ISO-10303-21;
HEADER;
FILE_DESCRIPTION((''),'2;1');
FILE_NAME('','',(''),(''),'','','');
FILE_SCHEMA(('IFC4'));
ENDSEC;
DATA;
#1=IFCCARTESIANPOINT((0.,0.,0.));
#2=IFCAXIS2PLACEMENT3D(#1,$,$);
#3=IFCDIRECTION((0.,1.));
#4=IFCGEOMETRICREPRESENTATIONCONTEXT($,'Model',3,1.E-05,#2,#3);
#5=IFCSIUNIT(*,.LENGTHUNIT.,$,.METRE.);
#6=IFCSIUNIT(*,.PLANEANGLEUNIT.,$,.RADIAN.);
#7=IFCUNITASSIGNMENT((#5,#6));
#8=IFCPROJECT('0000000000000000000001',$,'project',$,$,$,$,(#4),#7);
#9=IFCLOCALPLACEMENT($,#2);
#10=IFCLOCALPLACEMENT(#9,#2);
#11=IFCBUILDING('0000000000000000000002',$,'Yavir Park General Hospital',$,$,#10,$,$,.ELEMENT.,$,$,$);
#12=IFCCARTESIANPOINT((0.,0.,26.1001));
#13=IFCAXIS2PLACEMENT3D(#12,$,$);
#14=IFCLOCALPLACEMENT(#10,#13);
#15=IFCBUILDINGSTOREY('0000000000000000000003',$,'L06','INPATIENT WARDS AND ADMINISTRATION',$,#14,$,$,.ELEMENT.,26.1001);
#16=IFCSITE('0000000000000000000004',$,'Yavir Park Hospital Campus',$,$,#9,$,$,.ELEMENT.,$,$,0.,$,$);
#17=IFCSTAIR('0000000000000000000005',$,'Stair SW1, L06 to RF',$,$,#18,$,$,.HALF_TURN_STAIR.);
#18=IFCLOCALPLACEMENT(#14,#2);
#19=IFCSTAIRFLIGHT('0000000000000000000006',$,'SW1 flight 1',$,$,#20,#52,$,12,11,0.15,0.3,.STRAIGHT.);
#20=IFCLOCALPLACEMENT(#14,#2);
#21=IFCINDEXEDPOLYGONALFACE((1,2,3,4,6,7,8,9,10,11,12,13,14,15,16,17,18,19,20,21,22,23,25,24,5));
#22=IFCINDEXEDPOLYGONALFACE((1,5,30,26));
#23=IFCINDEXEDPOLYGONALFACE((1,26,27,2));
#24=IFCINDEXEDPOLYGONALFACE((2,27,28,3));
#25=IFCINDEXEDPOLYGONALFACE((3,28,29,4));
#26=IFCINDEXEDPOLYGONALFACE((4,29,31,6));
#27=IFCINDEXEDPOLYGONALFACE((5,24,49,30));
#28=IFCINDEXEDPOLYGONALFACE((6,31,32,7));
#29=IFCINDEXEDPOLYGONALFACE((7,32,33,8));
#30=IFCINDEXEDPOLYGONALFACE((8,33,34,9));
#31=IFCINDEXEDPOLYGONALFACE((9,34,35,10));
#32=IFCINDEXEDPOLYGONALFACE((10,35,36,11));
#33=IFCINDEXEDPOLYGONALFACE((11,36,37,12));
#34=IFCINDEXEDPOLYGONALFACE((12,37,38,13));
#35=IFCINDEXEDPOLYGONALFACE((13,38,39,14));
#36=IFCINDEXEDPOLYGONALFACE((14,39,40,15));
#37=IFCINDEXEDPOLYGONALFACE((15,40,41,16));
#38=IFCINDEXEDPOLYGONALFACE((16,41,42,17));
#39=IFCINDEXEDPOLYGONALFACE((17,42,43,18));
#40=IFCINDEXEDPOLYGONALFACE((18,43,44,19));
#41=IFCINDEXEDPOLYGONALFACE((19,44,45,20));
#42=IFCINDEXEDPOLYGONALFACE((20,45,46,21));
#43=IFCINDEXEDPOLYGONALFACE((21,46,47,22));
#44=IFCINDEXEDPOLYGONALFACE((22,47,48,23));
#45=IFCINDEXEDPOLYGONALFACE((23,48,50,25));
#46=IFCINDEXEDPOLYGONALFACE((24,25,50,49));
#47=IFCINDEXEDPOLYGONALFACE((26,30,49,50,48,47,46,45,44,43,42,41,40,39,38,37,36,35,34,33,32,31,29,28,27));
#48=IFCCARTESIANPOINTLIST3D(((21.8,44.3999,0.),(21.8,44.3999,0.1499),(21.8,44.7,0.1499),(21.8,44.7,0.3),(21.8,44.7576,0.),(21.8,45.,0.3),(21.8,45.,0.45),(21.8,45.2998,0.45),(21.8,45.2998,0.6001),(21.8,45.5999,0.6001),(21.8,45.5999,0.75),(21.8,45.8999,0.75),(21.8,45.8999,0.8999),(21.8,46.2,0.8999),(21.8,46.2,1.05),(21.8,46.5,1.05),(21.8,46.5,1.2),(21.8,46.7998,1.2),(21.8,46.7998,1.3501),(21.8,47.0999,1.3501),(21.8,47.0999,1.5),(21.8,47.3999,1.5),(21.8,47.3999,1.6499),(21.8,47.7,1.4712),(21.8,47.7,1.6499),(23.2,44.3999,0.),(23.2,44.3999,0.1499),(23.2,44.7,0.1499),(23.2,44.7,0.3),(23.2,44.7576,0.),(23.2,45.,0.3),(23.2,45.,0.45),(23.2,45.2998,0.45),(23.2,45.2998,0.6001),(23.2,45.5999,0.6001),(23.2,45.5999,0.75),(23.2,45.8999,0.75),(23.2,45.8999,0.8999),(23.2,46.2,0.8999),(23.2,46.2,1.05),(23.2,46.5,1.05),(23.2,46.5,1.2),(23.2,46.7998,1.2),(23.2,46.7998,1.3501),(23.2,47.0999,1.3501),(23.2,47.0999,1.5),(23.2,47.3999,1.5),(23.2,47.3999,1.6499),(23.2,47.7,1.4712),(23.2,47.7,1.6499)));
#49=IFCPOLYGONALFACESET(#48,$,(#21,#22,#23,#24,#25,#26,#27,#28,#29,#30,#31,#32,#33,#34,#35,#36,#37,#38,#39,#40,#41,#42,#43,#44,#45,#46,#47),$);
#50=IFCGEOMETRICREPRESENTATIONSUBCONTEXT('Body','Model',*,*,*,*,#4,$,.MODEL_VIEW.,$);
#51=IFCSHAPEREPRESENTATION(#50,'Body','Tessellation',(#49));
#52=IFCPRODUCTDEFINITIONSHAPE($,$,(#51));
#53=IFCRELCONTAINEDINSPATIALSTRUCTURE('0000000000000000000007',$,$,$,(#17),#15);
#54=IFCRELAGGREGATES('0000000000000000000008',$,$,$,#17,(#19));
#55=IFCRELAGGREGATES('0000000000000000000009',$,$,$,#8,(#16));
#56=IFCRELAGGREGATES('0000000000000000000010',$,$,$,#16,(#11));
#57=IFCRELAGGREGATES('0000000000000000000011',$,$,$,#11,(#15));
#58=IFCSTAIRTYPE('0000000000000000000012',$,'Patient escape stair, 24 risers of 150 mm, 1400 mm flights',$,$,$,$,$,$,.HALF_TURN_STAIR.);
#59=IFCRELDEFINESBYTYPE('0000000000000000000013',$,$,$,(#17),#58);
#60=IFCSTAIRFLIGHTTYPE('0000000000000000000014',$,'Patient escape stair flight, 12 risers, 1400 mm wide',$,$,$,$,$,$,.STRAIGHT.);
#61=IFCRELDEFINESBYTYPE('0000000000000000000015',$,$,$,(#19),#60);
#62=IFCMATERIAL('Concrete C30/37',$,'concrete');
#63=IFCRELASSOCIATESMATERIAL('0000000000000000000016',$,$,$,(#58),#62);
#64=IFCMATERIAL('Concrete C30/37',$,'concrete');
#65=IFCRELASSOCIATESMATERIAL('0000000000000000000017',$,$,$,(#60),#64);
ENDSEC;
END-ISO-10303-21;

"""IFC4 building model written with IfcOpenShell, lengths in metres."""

from ifc_helpers import new_model, si_unit, direction, frame, origin, place, context, subcontext, project, spatial, polyline, outline, extrude, material, type_object, element, aggregate, save


model = new_model("IFC4")

# Units and contexts
model_context = context("Model", 3, precision=1e-05, world=origin(), true_north=direction((0.0, 1.0)))
body_context = subcontext(model_context, "Body", "Model", "MODEL_VIEW")
ifc_project = project(units=[si_unit("LENGTHUNIT", "METRE"), si_unit("PLANEANGLEUNIT", "RADIAN")], contexts=[model_context])

# Site, building, storey
site_placement = place(None, origin())
site = spatial("IfcSite", under=ifc_project, at=site_placement, Name="Yavir Park Hospital Campus", CompositionType="ELEMENT", RefElevation=0.0)
building_placement = place(site_placement, origin())
building = spatial("IfcBuilding", under=site, at=building_placement, Name="Yavir Park General Hospital", CompositionType="ELEMENT")
storey_placement = place(building_placement, frame((0.0, 0.0, 26.1001)))
storey = spatial("IfcBuildingStorey", under=building, at=storey_placement, Name="L06", Description="INPATIENT WARDS AND ADMINISTRATION", CompositionType="ELEMENT", Elevation=26.1001)

# Stair, stair flight
ifc_material_1 = material(Name="Concrete C30/37", Category="concrete")
stair_type = type_object("IfcStairType", Name="Patient escape stair, 24 risers of 150 mm, 1400 mm flights", PredefinedType="HALF_TURN_STAIR", material=ifc_material_1)
stair_placement = place(storey_placement, origin())
stair = element("IfcStair", 1, at=stair_placement, inside=storey, type_object=stair_type, Name="Stair SW1, L06 to RF", PredefinedType="HALF_TURN_STAIR")
ifc_material_2 = material(Name="Concrete C30/37", Category="concrete")
stair_flight_type = type_object("IfcStairFlightType", Name="Patient escape stair flight, 12 risers, 1400 mm wide", PredefinedType="STRAIGHT", material=ifc_material_2)
stair_flight_placement = place(storey_placement, frame((22.5, 44.3999, 0.0), z_axis=(0.0, 0.0, 1.0), x_axis=(0.0, 1.0, 0.0)))
stair_flight = element("IfcStairFlight", 2, at=stair_flight_placement, type_object=stair_flight_type, Name="SW1 flight 1", NumberOfRisers=12, NumberOfTreads=11, PredefinedType="STRAIGHT", RiserHeight=0.15, TreadLength=0.3, context=body_context, shape_type="SweptSolid", body=[
    extrude(outline(polyline([(0.0, 0.0), (0.0, 0.1499), (0.3, 0.1499), (0.3, 0.3), (0.6001, 0.3), (0.6001, 0.45), (0.8999, 0.45), (0.8999, 0.6001), (1.2, 0.6001), (1.2, 0.75), (1.5, 0.75), (1.5, 0.8999), (1.8, 0.8999), (1.8, 1.05), (2.1001, 1.05), (2.1001, 1.2), (2.3999, 1.2), (2.3999, 1.3501), (2.7, 1.3501), (2.7, 1.5), (3.0, 1.5), (3.0, 1.6499), (3.3, 1.6499), (3.3, 1.8), (3.3, 1.4712), (0.3577, 0.0), (0.0, 0.0)])), frame((0.0, 0.7, 0.0), z_axis=(0.0, -1.0, 0.0), x_axis=(1.0, 0.0, 0.0)), (0.0, 0.0, 1.0), 1.3999),
])
aggregate(stair, [stair_flight])

save(model, "model.ifc")
